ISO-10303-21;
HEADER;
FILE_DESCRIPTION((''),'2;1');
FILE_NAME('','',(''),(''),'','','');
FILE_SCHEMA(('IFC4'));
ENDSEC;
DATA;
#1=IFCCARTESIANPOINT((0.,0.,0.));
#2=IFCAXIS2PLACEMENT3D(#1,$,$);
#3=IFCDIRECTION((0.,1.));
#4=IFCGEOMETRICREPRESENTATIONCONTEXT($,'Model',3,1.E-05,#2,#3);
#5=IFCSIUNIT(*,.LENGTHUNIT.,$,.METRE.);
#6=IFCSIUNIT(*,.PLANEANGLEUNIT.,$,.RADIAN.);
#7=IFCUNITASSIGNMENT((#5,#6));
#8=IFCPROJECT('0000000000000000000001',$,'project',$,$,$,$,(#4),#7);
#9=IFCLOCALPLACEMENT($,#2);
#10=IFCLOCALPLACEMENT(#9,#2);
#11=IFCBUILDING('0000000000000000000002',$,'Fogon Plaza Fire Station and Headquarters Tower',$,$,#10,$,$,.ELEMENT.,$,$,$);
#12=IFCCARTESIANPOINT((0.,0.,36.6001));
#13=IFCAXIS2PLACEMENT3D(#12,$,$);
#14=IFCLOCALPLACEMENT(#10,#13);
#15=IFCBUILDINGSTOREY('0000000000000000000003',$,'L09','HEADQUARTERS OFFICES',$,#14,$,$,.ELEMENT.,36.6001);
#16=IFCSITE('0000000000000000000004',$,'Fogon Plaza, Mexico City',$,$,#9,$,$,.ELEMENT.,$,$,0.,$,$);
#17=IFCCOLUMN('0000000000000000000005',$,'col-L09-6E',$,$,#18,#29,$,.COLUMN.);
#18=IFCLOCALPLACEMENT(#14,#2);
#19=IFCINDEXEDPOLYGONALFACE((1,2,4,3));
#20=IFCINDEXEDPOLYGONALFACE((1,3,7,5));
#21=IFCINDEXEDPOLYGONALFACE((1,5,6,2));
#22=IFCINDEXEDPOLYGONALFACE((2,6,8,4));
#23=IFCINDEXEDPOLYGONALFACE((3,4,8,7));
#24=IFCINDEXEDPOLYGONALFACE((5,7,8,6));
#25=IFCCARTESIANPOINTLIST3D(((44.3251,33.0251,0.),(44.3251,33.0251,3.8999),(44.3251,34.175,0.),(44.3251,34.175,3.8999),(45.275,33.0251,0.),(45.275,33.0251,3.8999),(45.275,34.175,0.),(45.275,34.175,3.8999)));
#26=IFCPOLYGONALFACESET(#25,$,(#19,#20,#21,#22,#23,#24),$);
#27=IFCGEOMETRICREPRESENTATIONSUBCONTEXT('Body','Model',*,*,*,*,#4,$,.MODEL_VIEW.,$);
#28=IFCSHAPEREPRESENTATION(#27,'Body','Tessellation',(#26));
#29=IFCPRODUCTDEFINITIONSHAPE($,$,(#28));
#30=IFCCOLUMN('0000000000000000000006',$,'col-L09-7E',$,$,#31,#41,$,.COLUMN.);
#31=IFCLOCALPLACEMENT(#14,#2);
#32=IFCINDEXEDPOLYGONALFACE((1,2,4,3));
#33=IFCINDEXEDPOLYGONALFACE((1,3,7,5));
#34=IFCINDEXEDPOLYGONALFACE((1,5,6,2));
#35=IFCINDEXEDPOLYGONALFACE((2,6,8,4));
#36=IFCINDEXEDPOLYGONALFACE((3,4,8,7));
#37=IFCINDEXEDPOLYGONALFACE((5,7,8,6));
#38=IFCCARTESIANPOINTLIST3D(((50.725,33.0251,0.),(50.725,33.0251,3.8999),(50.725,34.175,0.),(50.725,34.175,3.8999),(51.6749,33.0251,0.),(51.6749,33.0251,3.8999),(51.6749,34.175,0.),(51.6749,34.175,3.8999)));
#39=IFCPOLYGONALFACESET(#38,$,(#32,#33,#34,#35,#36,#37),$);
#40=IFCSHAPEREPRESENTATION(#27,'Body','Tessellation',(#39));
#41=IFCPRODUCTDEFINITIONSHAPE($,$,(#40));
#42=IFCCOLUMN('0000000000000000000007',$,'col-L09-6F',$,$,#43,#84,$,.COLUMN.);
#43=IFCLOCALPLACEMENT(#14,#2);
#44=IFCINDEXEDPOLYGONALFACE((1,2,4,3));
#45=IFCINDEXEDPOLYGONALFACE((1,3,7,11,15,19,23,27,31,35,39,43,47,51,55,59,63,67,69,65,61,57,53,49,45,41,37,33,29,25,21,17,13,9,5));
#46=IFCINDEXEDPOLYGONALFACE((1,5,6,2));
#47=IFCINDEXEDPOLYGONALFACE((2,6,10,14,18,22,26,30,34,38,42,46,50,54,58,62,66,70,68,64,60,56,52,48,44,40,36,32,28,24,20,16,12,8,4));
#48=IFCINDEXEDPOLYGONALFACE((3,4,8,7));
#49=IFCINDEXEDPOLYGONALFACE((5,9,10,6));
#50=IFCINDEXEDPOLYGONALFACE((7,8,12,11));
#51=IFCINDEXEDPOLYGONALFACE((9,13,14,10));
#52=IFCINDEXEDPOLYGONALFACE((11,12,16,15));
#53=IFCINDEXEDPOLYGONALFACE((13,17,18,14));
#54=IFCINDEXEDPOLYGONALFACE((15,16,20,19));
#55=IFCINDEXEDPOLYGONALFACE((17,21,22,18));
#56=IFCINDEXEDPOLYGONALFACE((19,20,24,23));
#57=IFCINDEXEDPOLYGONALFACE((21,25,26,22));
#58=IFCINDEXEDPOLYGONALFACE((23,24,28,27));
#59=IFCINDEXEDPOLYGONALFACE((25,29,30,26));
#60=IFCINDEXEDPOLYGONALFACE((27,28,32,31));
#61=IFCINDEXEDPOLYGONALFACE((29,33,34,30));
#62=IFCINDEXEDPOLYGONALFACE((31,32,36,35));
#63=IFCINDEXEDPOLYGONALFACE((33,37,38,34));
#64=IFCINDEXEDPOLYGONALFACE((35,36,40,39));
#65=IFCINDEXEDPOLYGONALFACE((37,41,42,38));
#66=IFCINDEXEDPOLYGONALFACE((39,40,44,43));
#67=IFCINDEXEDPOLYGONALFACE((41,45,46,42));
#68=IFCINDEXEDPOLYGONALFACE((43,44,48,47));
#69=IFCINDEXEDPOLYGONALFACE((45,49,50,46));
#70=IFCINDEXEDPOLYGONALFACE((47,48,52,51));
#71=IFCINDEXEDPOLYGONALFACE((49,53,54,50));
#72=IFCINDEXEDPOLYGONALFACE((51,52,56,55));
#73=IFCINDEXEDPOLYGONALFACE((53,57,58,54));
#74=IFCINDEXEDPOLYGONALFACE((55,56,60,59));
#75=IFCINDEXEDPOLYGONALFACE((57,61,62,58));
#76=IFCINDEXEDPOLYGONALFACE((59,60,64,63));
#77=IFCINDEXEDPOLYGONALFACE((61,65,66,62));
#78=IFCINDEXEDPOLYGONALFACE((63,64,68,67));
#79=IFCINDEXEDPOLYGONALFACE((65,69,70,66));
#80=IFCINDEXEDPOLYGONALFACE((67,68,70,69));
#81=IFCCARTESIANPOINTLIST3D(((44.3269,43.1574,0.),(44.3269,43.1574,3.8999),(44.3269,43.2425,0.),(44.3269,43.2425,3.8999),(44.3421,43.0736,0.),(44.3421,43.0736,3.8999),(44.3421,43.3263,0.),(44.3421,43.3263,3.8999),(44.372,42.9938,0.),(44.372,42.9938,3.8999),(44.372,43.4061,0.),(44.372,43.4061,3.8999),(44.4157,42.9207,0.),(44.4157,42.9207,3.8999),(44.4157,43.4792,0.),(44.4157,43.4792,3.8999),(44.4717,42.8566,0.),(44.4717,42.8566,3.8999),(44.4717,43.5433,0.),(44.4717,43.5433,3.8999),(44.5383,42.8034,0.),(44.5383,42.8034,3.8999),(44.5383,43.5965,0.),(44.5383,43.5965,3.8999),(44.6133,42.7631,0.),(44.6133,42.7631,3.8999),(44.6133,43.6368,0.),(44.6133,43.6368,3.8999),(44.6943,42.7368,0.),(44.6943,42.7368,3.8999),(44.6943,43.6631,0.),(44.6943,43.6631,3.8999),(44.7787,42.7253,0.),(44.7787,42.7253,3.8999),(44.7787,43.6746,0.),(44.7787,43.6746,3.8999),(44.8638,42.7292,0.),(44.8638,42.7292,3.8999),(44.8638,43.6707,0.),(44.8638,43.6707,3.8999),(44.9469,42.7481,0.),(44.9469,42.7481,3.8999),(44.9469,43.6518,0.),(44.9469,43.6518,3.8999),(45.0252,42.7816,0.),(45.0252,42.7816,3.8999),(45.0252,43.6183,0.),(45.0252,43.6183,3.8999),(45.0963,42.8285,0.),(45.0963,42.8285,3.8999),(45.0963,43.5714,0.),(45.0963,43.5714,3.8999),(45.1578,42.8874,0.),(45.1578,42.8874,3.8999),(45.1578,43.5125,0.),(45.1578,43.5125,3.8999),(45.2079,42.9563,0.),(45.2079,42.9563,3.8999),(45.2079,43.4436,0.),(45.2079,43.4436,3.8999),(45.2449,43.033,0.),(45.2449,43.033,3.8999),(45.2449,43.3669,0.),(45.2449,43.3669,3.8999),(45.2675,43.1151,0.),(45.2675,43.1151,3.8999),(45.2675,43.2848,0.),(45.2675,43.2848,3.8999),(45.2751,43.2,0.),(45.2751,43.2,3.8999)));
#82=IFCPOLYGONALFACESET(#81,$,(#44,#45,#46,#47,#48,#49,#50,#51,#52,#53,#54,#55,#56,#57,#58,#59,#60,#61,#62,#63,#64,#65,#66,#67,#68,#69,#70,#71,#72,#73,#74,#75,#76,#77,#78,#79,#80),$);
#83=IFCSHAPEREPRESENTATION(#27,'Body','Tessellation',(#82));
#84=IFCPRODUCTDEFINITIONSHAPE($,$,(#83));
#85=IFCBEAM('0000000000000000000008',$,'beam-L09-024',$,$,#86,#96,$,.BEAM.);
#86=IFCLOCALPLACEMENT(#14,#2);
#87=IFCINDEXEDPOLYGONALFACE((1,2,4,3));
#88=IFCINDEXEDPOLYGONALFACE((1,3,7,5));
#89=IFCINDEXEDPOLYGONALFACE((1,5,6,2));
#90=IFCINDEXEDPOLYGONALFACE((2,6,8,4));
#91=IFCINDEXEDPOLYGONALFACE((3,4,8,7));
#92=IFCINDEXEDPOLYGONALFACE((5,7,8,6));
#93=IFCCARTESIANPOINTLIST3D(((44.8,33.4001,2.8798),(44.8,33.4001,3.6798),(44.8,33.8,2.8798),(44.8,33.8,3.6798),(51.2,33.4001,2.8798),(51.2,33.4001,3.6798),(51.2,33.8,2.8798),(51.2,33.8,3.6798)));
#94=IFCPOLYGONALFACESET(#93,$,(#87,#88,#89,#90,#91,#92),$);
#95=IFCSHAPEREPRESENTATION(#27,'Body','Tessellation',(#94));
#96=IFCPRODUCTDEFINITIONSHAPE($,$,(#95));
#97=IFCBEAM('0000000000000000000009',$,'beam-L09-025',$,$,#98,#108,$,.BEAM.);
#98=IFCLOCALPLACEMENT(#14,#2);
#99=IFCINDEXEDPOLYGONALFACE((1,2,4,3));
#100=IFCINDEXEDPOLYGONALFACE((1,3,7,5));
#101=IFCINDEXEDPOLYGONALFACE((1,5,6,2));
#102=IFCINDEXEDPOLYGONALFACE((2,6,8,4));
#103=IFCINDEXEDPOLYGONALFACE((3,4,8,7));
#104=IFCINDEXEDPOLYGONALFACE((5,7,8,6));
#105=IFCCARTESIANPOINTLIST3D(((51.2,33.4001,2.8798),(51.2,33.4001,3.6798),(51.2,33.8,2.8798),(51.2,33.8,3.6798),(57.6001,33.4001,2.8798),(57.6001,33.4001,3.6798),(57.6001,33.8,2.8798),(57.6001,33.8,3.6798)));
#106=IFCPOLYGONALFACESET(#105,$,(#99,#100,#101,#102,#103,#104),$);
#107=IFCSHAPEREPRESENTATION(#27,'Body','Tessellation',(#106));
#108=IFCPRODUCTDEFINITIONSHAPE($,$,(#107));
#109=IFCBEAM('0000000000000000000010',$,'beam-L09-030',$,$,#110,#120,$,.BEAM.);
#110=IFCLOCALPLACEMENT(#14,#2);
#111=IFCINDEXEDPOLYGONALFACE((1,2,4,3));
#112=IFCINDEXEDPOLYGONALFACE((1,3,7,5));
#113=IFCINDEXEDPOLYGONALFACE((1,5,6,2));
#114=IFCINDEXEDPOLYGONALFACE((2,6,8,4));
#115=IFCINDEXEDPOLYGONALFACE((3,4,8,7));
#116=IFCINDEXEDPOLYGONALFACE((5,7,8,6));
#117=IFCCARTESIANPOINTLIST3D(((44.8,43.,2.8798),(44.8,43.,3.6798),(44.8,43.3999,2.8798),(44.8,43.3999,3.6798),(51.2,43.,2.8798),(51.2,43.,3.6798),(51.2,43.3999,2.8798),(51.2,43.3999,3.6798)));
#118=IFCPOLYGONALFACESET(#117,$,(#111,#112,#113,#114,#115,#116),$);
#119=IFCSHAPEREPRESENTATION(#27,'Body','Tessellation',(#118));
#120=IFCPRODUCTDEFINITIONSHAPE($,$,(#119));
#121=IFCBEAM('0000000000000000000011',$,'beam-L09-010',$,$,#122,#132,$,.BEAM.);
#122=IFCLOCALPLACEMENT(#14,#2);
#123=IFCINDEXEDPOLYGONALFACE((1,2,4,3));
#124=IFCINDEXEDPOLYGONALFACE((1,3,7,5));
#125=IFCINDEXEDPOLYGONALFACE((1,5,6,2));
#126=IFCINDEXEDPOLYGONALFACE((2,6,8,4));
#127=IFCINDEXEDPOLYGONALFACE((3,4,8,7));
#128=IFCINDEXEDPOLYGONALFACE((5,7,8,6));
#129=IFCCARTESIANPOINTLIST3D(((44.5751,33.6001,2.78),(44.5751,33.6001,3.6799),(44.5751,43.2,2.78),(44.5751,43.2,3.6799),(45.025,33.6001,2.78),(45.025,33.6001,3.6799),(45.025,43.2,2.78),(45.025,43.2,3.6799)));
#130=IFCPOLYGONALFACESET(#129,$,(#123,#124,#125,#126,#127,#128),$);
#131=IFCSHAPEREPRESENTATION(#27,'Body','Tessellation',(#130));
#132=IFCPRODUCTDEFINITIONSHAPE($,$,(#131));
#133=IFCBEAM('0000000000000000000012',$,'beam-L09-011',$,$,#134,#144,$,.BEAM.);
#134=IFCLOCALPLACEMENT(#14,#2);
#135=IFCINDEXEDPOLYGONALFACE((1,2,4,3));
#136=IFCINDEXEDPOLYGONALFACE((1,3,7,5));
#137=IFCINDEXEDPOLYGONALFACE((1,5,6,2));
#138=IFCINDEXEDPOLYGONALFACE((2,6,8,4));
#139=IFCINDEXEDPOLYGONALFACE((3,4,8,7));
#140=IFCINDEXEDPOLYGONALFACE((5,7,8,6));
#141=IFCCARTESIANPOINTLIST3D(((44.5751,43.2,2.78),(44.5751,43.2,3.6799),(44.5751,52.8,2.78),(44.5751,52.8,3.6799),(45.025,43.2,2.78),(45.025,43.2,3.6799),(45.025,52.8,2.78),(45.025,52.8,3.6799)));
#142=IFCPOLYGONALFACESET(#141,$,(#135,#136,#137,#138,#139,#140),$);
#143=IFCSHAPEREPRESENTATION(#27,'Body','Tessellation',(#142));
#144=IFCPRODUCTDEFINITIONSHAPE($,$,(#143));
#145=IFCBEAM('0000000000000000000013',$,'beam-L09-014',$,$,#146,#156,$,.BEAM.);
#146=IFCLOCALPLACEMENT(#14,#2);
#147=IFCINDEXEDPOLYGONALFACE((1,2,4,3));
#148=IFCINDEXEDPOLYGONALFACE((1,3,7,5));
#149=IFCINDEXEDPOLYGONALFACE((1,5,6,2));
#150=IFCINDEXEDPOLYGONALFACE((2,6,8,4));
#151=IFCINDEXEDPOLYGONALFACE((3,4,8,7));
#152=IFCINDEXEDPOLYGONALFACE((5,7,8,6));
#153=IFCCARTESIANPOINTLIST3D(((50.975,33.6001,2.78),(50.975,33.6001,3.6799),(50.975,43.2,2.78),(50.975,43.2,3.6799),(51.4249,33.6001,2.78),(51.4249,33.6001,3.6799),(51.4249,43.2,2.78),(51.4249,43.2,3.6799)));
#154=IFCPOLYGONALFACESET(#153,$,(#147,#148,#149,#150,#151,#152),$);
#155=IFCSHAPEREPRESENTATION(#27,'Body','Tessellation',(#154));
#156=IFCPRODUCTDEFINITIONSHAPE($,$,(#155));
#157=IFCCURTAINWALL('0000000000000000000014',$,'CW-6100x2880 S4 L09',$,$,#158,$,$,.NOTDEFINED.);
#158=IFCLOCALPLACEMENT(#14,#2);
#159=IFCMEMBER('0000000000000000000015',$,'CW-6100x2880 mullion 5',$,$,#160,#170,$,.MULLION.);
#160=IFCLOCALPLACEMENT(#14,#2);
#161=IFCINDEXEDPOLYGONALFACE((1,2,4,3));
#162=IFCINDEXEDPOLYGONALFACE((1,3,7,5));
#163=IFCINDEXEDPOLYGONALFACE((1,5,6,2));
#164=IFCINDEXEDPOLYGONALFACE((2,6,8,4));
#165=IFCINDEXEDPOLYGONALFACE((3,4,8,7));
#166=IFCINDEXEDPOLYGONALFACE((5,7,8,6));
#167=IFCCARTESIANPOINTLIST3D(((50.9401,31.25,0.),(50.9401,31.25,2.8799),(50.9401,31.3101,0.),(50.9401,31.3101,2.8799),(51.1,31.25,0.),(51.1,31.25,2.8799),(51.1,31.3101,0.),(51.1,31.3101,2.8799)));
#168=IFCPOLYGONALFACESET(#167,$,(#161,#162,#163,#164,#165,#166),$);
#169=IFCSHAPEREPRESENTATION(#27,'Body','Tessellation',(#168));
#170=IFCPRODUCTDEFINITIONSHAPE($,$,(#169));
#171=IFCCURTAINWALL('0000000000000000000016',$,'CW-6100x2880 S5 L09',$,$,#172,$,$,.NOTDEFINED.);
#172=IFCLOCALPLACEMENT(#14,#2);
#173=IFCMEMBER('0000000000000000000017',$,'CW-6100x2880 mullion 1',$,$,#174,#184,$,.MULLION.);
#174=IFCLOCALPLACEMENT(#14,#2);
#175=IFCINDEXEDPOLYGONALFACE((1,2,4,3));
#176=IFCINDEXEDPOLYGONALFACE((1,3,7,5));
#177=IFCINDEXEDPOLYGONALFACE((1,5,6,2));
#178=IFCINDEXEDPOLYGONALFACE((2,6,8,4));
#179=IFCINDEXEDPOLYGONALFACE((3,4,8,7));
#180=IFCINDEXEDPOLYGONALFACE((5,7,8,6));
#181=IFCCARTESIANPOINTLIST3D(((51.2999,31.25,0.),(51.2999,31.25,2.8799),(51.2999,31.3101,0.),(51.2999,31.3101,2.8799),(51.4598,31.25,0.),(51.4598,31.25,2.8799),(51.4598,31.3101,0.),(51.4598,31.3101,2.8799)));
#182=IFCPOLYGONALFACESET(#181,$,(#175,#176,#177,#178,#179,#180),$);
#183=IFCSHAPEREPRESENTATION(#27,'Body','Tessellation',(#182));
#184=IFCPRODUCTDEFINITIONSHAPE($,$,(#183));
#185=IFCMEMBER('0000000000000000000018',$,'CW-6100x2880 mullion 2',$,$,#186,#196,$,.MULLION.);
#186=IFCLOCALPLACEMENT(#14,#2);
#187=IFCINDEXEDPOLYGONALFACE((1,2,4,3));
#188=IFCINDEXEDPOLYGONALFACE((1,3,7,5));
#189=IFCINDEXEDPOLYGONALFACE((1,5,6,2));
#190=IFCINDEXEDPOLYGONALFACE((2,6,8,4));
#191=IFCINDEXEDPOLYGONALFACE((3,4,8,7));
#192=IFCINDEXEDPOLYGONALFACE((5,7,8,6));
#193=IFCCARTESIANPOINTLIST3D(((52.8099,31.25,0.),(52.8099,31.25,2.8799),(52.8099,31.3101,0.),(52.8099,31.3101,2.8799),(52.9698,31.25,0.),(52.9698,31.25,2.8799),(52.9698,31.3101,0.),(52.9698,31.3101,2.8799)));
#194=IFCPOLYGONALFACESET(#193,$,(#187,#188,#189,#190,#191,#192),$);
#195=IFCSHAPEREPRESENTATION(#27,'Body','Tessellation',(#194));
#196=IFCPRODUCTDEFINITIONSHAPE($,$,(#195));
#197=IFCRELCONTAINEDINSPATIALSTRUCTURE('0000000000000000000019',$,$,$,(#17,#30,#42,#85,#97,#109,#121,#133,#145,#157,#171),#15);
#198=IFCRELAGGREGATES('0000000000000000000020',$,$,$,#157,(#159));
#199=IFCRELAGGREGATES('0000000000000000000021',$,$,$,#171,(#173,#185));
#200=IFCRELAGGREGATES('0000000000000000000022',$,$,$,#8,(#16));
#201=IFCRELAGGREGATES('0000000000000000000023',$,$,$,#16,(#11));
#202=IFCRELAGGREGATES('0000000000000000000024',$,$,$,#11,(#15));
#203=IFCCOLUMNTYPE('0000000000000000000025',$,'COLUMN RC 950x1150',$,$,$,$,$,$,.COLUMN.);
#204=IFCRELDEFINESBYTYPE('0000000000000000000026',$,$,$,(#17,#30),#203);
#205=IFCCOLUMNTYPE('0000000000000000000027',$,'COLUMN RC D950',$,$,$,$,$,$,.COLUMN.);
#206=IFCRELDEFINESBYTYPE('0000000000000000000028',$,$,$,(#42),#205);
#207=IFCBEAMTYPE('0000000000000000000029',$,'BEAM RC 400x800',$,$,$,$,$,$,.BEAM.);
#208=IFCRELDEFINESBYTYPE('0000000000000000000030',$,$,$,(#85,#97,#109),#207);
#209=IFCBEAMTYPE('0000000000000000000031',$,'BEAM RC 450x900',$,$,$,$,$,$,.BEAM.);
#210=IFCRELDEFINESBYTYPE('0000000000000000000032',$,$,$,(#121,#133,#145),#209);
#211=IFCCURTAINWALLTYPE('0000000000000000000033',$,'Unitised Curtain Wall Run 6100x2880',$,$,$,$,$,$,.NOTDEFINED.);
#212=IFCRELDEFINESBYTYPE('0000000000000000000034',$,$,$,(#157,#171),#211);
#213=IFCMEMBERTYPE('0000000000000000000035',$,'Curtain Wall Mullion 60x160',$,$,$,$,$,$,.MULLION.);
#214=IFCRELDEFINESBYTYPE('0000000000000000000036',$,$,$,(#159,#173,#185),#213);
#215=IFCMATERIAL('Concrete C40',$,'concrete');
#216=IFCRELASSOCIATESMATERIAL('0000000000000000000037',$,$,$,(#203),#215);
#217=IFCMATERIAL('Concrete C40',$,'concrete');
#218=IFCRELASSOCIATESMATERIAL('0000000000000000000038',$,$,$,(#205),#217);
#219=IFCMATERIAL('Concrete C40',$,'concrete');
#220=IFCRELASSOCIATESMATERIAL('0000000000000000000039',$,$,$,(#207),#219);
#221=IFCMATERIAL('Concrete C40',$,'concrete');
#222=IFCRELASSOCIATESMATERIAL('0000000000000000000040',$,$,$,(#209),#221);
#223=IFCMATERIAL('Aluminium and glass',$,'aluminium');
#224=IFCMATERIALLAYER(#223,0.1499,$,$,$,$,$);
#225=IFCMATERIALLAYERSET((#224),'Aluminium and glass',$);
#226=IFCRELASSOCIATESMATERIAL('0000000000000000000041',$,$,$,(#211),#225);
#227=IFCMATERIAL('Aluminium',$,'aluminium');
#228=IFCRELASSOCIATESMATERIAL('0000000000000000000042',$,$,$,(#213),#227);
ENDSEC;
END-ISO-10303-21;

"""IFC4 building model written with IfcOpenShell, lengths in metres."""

from ifc_helpers import new_model, si_unit, direction, frame, origin, origin_2d, place, context, subcontext, project, spatial, rectangle, circle, extrude, material, layer, layer_set, material_profile, profile_set, type_object, element, aggregate, save


model = new_model("IFC4")

# Units and contexts
model_context = context("Model", 3, precision=1e-05, world=origin(), true_north=direction((0.0, 1.0)))
body_context = subcontext(model_context, "Body", "Model", "MODEL_VIEW")
ifc_project = project(units=[si_unit("LENGTHUNIT", "METRE"), si_unit("PLANEANGLEUNIT", "RADIAN")], contexts=[model_context])

# Site, building, storey
site_placement = place(None, origin())
site = spatial("IfcSite", under=ifc_project, at=site_placement, Name="Fogon Plaza, Mexico City", CompositionType="ELEMENT", RefElevation=0.0)
building_placement = place(site_placement, origin())
building = spatial("IfcBuilding", under=site, at=building_placement, Name="Fogon Plaza Fire Station and Headquarters Tower", CompositionType="ELEMENT")
storey_placement = place(building_placement, frame((0.0, 0.0, 36.6001)))
storey = spatial("IfcBuildingStorey", under=building, at=storey_placement, Name="L09", Description="HEADQUARTERS OFFICES", CompositionType="ELEMENT", Elevation=36.6001)

# Columns
ifc_material_1 = material(Name="Concrete C40", Category="concrete")
ifc_material_profile_1 = material_profile(ifc_material_1, rectangle(XDim=0.95, YDim=1.1499, at=origin_2d()), Name="RC 950x1150")
ifc_profile_set_1 = profile_set([ifc_material_profile_1], Name="Concrete C40")
column_type_1 = type_object("IfcColumnType", Name="COLUMN RC 950x1150", PredefinedType="COLUMN", material=ifc_profile_set_1)
for number, where, z_axis, x_axis, name in (
    (1, (44.8, 33.6001, 0.0), (0.0, 0.0, 1.0), (1.0, 0.0, 0.0), "col-L09-6E"),
    (2, (51.2, 33.6001, 0.0), (0.0, 0.0, 1.0), (1.0, 0.0, 0.0), "col-L09-7E"),
):
    element("IfcColumn", number, at=place(storey_placement, frame(where, z_axis=z_axis, x_axis=x_axis)), inside=storey, type_object=column_type_1, Name=name, PredefinedType="COLUMN", context=body_context, shape_type="SweptSolid", body=[
        extrude(rectangle(XDim=0.95, YDim=1.1499, at=origin_2d()), origin(), (0.0, 0.0, 1.0), 3.8999),
    ])
ifc_material_2 = material(Name="Concrete C40", Category="concrete")
ifc_material_profile_2 = material_profile(ifc_material_2, circle(Radius=0.4751, at=origin_2d()), Name="RC D950")
ifc_profile_set_2 = profile_set([ifc_material_profile_2], Name="Concrete C40")
column_type_2 = type_object("IfcColumnType", Name="COLUMN RC D950", PredefinedType="COLUMN", material=ifc_profile_set_2)
column_placement = place(storey_placement, frame((44.8, 43.2, 0.0), z_axis=(0.0, 0.0, 1.0), x_axis=(1.0, 0.0, 0.0)))
element("IfcColumn", 3, at=column_placement, inside=storey, type_object=column_type_2, Name="col-L09-6F", PredefinedType="COLUMN", context=body_context, shape_type="SweptSolid", body=[
    extrude(circle(Radius=0.4751, at=origin_2d()), origin(), (0.0, 0.0, 1.0), 3.8999),
])

# Beams
ifc_material_3 = material(Name="Concrete C40", Category="concrete")
ifc_material_profile_3 = material_profile(ifc_material_3, rectangle(XDim=0.3999, YDim=0.8, at=origin_2d()), Name="RC 400x800")
ifc_profile_set_3 = profile_set([ifc_material_profile_3], Name="Concrete C40")
beam_type_1 = type_object("IfcBeamType", Name="BEAM RC 400x800", PredefinedType="BEAM", material=ifc_profile_set_3)
beam_1_placement = place(storey_placement, frame((44.8, 33.6001, 3.2798), z_axis=(1.0, 0.0, 0.0), x_axis=(0.0, 1.0, 0.0)))
element("IfcBeam", 4, at=beam_1_placement, inside=storey, type_object=beam_type_1, Name="beam-L09-024", PredefinedType="BEAM", context=body_context, shape_type="SweptSolid", body=[
    extrude(rectangle(XDim=0.3999, YDim=0.8, at=origin_2d()), origin(), (0.0, 0.0, 1.0), 6.3999),
])
beam_2_placement = place(storey_placement, frame((51.2, 33.6001, 3.2798), z_axis=(1.0, 0.0, 0.0), x_axis=(0.0, 1.0, 0.0)))
element("IfcBeam", 5, at=beam_2_placement, inside=storey, type_object=beam_type_1, Name="beam-L09-025", PredefinedType="BEAM", context=body_context, shape_type="SweptSolid", body=[
    extrude(rectangle(XDim=0.3999, YDim=0.8, at=origin_2d()), origin(), (0.0, 0.0, 1.0), 6.4001),
])
beam_3_placement = place(storey_placement, frame((44.8, 43.2, 3.2798), z_axis=(1.0, 0.0, 0.0), x_axis=(0.0, 1.0, 0.0)))
element("IfcBeam", 6, at=beam_3_placement, inside=storey, type_object=beam_type_1, Name="beam-L09-030", PredefinedType="BEAM", context=body_context, shape_type="SweptSolid", body=[
    extrude(rectangle(XDim=0.3999, YDim=0.8, at=origin_2d()), origin(), (0.0, 0.0, 1.0), 6.3999),
])
ifc_material_4 = material(Name="Concrete C40", Category="concrete")
ifc_material_profile_4 = material_profile(ifc_material_4, rectangle(XDim=0.45, YDim=0.8999, at=origin_2d()), Name="RC 450x900")
ifc_profile_set_4 = profile_set([ifc_material_profile_4], Name="Concrete C40")
beam_type_2 = type_object("IfcBeamType", Name="BEAM RC 450x900", PredefinedType="BEAM", material=ifc_profile_set_4)
beam_4_placement = place(storey_placement, frame((44.8, 33.6001, 3.23), z_axis=(0.0, 1.0, 0.0), x_axis=(-1.0, 0.0, 0.0)))
element("IfcBeam", 7, at=beam_4_placement, inside=storey, type_object=beam_type_2, Name="beam-L09-010", PredefinedType="BEAM", context=body_context, shape_type="SweptSolid", body=[
    extrude(rectangle(XDim=0.45, YDim=0.8999, at=origin_2d()), origin(), (0.0, 0.0, 1.0), 9.5999),
])
beam_5_placement = place(storey_placement, frame((44.8, 43.2, 3.23), z_axis=(0.0, 1.0, 0.0), x_axis=(-1.0, 0.0, 0.0)))
element("IfcBeam", 8, at=beam_5_placement, inside=storey, type_object=beam_type_2, Name="beam-L09-011", PredefinedType="BEAM", context=body_context, shape_type="SweptSolid", body=[
    extrude(rectangle(XDim=0.45, YDim=0.8999, at=origin_2d()), origin(), (0.0, 0.0, 1.0), 9.6001),
])
beam_6_placement = place(storey_placement, frame((51.2, 33.6001, 3.23), z_axis=(0.0, 1.0, 0.0), x_axis=(-1.0, 0.0, 0.0)))
element("IfcBeam", 9, at=beam_6_placement, inside=storey, type_object=beam_type_2, Name="beam-L09-014", PredefinedType="BEAM", context=body_context, shape_type="SweptSolid", body=[
    extrude(rectangle(XDim=0.45, YDim=0.8999, at=origin_2d()), origin(), (0.0, 0.0, 1.0), 9.5999),
])

# Curtain wall, member
ifc_material_5 = material(Name="Aluminium and glass", Category="aluminium")
ifc_layer_1 = layer(ifc_material_5, 0.1499)
ifc_layer_set_1 = layer_set([ifc_layer_1], Name="Aluminium and glass")
curtain_wall_type = type_object("IfcCurtainWallType", Name="Unitised Curtain Wall Run 6100x2880", PredefinedType="NOTDEFINED", material=ifc_layer_set_1)
curtain_wall_1_placement = place(storey_placement, origin())
curtain_wall_1 = element("IfcCurtainWall", 10, at=curtain_wall_1_placement, inside=storey, type_object=curtain_wall_type, Name="CW-6100x2880 S4 L09", PredefinedType="NOTDEFINED")
ifc_material_6 = material(Name="Aluminium", Category="aluminium")
ifc_material_profile_5 = material_profile(ifc_material_6, rectangle(XDim=0.0601, YDim=0.1599, at=origin_2d()), Name="Curtain Wall Mullion 60x160")
ifc_profile_set_5 = profile_set([ifc_material_profile_5], Name="Aluminium")
member_type_1 = type_object("IfcMemberType", Name="Curtain Wall Mullion 60x160", PredefinedType="MULLION", material=ifc_profile_set_5)
member_1_placement = place(storey_placement, frame((51.02, 31.28, 0.0), z_axis=(0.0, 0.0, 1.0), x_axis=(0.0, 1.0, 0.0)))
member_1 = element("IfcMember", 11, at=member_1_placement, type_object=member_type_1, Name="CW-6100x2880 mullion 5", PredefinedType="MULLION", context=body_context, shape_type="SweptSolid", body=[
    extrude(rectangle(XDim=0.0601, YDim=0.1599, at=origin_2d()), origin(), (0.0, 0.0, 1.0), 2.8799),
])

# Curtain wall, members
curtain_wall_2_placement = place(storey_placement, origin())
curtain_wall_2 = element("IfcCurtainWall", 12, at=curtain_wall_2_placement, inside=storey, type_object=curtain_wall_type, Name="CW-6100x2880 S5 L09", PredefinedType="NOTDEFINED")
member_2_placement = place(storey_placement, frame((51.3799, 31.28, 0.0), z_axis=(0.0, 0.0, 1.0), x_axis=(0.0, 1.0, 0.0)))
member_2 = element("IfcMember", 13, at=member_2_placement, type_object=member_type_1, Name="CW-6100x2880 mullion 1", PredefinedType="MULLION", context=body_context, shape_type="SweptSolid", body=[
    extrude(rectangle(XDim=0.0601, YDim=0.1599, at=origin_2d()), origin(), (0.0, 0.0, 1.0), 2.8799),
])
member_3_placement = place(storey_placement, frame((52.8899, 31.28, 0.0), z_axis=(0.0, 0.0, 1.0), x_axis=(0.0, 1.0, 0.0)))
member_3 = element("IfcMember", 14, at=member_3_placement, type_object=member_type_1, Name="CW-6100x2880 mullion 2", PredefinedType="MULLION", context=body_context, shape_type="SweptSolid", body=[
    extrude(rectangle(XDim=0.0601, YDim=0.1599, at=origin_2d()), origin(), (0.0, 0.0, 1.0), 2.8799),
])

aggregate(curtain_wall_1, [member_1])
aggregate(curtain_wall_2, [member_2, member_3])

save(model, "model.ifc")
